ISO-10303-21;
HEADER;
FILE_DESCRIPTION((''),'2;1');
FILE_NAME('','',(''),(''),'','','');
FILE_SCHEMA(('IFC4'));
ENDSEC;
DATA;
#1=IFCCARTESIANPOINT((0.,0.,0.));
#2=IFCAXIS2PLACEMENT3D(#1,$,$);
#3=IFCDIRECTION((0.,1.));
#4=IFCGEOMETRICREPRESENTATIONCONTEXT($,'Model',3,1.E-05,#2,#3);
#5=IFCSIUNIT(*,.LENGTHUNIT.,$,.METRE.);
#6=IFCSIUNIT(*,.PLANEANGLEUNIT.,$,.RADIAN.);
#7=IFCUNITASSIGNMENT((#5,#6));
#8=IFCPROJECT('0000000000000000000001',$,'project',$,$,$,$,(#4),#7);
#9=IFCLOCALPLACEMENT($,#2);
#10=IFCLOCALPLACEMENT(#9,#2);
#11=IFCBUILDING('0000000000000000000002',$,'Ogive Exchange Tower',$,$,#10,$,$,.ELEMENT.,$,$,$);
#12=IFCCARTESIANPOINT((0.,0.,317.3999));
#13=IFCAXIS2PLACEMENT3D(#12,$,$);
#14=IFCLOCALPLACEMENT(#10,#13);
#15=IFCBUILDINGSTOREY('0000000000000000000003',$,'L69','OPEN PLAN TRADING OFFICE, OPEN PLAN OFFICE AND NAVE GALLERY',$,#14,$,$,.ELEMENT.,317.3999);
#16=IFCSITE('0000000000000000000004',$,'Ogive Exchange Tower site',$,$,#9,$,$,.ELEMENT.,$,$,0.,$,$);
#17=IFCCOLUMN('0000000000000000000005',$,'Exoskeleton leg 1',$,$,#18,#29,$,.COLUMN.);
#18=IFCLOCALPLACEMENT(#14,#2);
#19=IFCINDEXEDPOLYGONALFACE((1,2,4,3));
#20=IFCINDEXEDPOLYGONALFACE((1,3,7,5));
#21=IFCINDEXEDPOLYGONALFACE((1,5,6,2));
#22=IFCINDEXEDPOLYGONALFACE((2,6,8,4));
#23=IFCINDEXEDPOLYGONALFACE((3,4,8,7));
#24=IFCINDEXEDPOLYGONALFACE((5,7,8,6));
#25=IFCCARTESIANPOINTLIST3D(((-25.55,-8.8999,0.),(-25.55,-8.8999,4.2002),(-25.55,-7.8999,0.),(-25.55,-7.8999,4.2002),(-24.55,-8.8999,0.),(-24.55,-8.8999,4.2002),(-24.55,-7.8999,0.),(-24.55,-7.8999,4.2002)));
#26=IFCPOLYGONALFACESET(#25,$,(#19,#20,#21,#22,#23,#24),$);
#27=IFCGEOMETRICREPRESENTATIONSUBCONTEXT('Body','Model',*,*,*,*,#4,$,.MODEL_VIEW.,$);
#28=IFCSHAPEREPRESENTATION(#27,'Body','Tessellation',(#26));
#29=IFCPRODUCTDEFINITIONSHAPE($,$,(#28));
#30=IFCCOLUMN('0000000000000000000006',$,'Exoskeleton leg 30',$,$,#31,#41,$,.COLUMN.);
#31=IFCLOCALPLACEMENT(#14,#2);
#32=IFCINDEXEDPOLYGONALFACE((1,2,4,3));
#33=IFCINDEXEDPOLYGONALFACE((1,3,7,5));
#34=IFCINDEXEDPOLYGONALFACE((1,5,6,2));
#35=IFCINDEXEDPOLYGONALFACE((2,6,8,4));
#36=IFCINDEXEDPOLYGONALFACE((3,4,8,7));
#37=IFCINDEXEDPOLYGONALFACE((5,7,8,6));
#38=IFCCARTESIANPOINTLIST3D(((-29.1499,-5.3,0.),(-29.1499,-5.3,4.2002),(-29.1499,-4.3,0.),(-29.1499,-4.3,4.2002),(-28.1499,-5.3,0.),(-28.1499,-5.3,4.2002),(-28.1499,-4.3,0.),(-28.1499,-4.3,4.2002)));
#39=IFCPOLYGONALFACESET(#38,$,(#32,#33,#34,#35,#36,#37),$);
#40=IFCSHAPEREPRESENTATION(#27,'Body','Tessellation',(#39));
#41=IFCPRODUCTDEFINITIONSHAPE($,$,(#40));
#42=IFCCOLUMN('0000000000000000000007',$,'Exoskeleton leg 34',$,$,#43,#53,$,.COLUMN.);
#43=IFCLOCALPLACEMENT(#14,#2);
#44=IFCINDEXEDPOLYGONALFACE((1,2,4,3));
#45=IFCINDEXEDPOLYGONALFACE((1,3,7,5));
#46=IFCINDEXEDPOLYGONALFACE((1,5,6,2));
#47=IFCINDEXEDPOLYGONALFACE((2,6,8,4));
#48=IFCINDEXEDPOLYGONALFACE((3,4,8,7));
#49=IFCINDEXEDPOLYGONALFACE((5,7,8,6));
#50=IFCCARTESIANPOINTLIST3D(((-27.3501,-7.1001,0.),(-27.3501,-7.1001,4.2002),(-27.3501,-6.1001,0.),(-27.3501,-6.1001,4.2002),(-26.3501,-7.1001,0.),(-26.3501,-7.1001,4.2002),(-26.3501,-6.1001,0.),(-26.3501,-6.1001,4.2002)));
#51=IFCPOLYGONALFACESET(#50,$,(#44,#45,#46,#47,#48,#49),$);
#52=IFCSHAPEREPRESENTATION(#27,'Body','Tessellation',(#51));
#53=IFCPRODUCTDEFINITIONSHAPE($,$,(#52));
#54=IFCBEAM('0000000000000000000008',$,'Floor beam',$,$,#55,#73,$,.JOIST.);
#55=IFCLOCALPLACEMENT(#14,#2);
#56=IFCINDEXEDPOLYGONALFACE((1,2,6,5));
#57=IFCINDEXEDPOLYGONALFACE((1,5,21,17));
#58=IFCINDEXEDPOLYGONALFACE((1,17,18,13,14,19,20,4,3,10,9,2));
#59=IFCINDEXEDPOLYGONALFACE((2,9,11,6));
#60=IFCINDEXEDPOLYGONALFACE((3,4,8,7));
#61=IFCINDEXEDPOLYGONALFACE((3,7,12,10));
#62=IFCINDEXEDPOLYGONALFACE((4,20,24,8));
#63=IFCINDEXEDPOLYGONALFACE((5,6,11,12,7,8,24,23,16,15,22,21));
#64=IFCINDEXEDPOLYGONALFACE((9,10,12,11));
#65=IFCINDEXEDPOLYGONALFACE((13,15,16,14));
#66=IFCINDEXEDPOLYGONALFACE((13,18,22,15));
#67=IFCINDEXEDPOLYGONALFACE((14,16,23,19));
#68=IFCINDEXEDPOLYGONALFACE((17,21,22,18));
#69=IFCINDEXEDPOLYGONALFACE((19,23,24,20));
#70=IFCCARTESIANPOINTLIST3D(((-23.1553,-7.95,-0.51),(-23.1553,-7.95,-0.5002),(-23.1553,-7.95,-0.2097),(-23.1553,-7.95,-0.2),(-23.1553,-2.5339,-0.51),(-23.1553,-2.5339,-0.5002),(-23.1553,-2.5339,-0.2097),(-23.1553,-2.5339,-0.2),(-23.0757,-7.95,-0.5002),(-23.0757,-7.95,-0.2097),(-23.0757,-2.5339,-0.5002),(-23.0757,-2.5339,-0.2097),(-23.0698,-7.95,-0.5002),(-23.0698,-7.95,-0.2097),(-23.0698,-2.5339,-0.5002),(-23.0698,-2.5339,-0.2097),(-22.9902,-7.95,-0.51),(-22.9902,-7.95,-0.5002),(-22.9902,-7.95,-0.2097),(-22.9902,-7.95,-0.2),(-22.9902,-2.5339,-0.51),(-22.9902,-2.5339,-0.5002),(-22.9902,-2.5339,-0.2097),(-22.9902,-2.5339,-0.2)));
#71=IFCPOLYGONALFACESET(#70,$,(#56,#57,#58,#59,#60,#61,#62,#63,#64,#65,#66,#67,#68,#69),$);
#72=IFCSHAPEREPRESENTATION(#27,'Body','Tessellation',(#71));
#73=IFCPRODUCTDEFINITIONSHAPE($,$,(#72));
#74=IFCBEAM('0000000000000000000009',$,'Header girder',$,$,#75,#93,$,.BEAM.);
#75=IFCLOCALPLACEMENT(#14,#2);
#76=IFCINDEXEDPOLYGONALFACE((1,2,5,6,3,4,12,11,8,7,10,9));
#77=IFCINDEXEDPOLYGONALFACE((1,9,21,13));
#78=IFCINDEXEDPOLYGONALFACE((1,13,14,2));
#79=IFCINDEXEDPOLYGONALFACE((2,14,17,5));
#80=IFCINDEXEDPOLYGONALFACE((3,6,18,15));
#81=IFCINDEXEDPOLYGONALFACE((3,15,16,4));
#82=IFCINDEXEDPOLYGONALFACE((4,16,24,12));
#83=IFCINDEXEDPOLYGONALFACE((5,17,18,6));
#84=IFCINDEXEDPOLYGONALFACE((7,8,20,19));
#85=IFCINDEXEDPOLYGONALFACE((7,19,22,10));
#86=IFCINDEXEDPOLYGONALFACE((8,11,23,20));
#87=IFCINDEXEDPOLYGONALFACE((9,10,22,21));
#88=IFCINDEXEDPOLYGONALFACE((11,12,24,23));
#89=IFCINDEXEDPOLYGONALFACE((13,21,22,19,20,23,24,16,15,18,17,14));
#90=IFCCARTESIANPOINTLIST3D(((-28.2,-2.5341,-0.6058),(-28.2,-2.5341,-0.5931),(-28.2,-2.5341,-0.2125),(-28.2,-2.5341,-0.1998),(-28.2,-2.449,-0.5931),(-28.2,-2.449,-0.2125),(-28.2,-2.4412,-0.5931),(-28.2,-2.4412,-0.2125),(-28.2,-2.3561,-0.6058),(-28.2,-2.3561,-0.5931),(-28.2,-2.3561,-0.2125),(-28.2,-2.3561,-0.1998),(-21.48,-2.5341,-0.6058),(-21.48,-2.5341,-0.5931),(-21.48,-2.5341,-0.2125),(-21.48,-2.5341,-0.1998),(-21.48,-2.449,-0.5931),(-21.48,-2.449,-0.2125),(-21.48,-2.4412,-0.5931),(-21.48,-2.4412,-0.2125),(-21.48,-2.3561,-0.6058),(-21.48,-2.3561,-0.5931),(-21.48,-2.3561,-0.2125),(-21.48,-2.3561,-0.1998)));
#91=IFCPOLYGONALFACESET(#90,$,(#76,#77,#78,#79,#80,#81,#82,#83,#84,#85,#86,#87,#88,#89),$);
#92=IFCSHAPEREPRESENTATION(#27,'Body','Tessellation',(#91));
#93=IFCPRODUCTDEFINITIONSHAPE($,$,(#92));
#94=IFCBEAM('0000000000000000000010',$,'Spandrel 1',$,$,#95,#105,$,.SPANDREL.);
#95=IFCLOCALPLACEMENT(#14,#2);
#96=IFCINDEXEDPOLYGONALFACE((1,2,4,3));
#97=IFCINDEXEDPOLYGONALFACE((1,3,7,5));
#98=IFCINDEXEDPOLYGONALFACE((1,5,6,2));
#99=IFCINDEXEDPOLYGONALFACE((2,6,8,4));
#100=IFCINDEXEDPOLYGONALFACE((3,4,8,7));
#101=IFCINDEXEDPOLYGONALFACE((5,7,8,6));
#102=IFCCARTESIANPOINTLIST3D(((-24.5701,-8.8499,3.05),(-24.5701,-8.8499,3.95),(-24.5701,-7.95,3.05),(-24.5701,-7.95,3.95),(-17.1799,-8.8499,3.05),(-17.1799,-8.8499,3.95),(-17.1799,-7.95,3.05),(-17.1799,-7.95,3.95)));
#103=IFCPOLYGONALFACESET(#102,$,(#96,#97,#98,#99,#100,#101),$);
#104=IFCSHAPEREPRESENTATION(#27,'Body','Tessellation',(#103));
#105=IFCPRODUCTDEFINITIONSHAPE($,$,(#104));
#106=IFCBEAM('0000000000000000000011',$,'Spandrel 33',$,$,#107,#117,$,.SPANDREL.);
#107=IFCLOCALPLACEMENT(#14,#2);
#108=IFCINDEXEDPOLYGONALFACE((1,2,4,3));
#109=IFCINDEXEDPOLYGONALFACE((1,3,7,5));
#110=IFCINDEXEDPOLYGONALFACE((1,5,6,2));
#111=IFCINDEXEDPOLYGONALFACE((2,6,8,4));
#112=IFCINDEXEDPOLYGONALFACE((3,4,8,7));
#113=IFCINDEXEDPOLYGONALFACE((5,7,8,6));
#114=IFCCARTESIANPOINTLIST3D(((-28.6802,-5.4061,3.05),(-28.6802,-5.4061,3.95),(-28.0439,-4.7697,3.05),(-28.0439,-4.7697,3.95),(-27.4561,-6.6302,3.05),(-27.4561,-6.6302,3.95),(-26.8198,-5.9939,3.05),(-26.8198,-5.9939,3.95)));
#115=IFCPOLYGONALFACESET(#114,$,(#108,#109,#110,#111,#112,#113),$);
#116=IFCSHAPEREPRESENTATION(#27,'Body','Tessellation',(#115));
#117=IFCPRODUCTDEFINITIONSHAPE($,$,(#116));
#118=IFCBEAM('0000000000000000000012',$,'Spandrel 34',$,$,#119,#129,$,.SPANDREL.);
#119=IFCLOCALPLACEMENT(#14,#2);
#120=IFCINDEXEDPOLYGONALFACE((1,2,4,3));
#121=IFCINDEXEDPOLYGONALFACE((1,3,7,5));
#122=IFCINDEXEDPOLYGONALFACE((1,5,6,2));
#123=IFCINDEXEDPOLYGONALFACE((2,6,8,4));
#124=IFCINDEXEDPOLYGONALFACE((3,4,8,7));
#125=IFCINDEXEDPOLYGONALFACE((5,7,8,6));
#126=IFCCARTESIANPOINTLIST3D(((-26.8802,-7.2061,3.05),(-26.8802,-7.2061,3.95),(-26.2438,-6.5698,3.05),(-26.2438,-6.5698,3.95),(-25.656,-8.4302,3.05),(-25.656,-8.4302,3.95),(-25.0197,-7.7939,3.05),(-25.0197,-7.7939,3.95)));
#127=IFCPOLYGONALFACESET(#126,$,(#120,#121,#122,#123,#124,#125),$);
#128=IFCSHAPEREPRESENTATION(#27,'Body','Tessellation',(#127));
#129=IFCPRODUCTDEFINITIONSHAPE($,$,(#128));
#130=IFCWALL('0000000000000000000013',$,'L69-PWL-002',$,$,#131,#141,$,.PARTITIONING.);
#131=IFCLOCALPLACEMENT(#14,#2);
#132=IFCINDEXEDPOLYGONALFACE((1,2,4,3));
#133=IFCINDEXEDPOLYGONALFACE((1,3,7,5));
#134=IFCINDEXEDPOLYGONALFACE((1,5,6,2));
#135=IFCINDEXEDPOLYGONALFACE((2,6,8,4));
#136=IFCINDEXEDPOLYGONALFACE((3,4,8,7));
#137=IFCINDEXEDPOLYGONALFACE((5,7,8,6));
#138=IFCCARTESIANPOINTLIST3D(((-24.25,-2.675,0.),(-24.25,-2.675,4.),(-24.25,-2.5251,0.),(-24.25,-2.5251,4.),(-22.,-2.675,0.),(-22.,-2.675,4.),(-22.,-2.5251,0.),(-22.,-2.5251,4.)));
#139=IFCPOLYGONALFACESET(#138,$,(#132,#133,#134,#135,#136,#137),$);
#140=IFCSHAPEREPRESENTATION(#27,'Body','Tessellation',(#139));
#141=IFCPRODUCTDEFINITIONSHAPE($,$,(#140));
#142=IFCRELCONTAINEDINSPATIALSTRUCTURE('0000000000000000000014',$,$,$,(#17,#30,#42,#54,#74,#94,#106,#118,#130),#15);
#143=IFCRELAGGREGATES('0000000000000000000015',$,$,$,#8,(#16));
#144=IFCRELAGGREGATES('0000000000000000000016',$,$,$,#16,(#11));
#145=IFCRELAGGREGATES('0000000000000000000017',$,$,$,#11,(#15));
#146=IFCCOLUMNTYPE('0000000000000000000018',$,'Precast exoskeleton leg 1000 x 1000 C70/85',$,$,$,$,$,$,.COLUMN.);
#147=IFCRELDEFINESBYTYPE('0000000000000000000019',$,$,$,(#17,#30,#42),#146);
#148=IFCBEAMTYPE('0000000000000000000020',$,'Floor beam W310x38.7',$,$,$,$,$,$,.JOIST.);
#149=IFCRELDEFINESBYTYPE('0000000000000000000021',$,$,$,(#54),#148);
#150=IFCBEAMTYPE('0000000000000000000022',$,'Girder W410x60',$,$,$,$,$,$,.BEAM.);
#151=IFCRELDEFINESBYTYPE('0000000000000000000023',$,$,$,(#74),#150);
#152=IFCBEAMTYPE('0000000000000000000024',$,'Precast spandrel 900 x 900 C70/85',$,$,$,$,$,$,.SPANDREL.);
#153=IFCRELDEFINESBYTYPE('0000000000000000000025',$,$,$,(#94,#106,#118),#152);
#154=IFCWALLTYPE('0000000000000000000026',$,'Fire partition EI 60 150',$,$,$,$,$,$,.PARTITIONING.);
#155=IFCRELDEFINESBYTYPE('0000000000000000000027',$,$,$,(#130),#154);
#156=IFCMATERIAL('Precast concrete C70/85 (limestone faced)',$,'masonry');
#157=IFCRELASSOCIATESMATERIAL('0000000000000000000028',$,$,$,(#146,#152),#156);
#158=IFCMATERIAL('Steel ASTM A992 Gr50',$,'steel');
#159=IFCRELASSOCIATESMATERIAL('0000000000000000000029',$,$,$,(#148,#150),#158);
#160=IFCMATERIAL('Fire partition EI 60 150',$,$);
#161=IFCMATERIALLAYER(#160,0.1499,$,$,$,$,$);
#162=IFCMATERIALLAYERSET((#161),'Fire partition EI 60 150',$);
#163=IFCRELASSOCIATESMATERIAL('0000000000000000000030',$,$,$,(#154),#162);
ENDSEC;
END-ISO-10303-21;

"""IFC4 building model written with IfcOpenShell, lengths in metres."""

from ifc_helpers import new_model, si_unit, direction, frame, frame_2d, origin, origin_2d, place, context, subcontext, project, spatial, rectangle, i_section, extrude, material, layer, layer_set, material_profile, profile_set, type_object, element, save


model = new_model("IFC4")

# Units and contexts
model_context = context("Model", 3, precision=1e-05, world=origin(), true_north=direction((0.0, 1.0)))
body_context = subcontext(model_context, "Body", "Model", "MODEL_VIEW")
ifc_project = project(units=[si_unit("LENGTHUNIT", "METRE"), si_unit("PLANEANGLEUNIT", "RADIAN")], contexts=[model_context])

# Site, building, storey
site_placement = place(None, origin())
site = spatial("IfcSite", under=ifc_project, at=site_placement, Name="Ogive Exchange Tower site", CompositionType="ELEMENT", RefElevation=0.0)
building_placement = place(site_placement, origin())
building = spatial("IfcBuilding", under=site, at=building_placement, Name="Ogive Exchange Tower", CompositionType="ELEMENT")
storey_placement = place(building_placement, frame((0.0, 0.0, 317.3999)))
storey = spatial("IfcBuildingStorey", under=building, at=storey_placement, Name="L69", Description="OPEN PLAN TRADING OFFICE, OPEN PLAN OFFICE AND NAVE GALLERY", CompositionType="ELEMENT", Elevation=317.3999)

# Columns
ifc_material_1 = material(Name="Precast concrete C70/85 (limestone faced)", Category="masonry")
ifc_material_profile_1 = material_profile(ifc_material_1, rectangle(XDim=1.0, YDim=1.0, at=origin_2d()), Name="1000 x 1000")
ifc_profile_set_1 = profile_set([ifc_material_profile_1], Name="Precast concrete C70/85 (limestone faced)")
column_type = type_object("IfcColumnType", Name="Precast exoskeleton leg 1000 x 1000 C70/85", PredefinedType="COLUMN", material=ifc_profile_set_1)
for number, where, z_axis, x_axis, name in (
    (1, (-25.05, -8.3999, 0.0), (0.0, 0.0, 1.0), (1.0, 0.0, 0.0), "Exoskeleton leg 1"),
    (2, (-28.6499, -4.8, 0.0), (0.0, 0.0, 1.0), (1.0, 0.0, 0.0), "Exoskeleton leg 30"),
    (3, (-26.8501, -6.6001, 0.0), (0.0, 0.0, 1.0), (1.0, 0.0, 0.0), "Exoskeleton leg 34"),
):
    element("IfcColumn", number, at=place(storey_placement, frame(where, z_axis=z_axis, x_axis=x_axis)), inside=storey, type_object=column_type, Name=name, PredefinedType="COLUMN", context=body_context, shape_type="SweptSolid", body=[
        extrude(rectangle(XDim=1.0, YDim=1.0, at=origin_2d()), origin(), (0.0, 0.0, 1.0), 4.2002),
    ])

# Beams
ifc_material_2 = material(Name="Steel ASTM A992 Gr50", Category="steel")
ifc_material_profile_2 = material_profile(ifc_material_2, i_section(OverallWidth=0.165, OverallDepth=0.3101, WebThickness=0.0059, FlangeThickness=0.0098, at=origin_2d()), Name="W310x38.7")
ifc_profile_set_2 = profile_set([ifc_material_profile_2], Name="Steel ASTM A992 Gr50")
beam_type_1 = type_object("IfcBeamType", Name="Floor beam W310x38.7", PredefinedType="JOIST", material=ifc_profile_set_2)
beam_1_placement = place(storey_placement, frame((-23.0728, -7.95, -0.355), z_axis=(0.0, 1.0, 0.0), x_axis=(-1.0, 0.0, 0.0)))
element("IfcBeam", 4, at=beam_1_placement, inside=storey, type_object=beam_type_1, Name="Floor beam", PredefinedType="JOIST", context=body_context, shape_type="SweptSolid", body=[
    extrude(i_section(OverallWidth=0.165, OverallDepth=0.3101, WebThickness=0.0059, FlangeThickness=0.0098, at=origin_2d()), origin(), (0.0, 0.0, 1.0), 5.416),
])
ifc_material_profile_3 = material_profile(ifc_material_2, i_section(OverallWidth=0.178, OverallDepth=0.406, WebThickness=0.0078, FlangeThickness=0.0127, at=origin_2d()), Name="W410x60")
ifc_profile_set_3 = profile_set([ifc_material_profile_3], Name="Steel ASTM A992 Gr50")
beam_type_2 = type_object("IfcBeamType", Name="Girder W410x60", PredefinedType="BEAM", material=ifc_profile_set_3)
beam_2_placement = place(storey_placement, frame((-28.2, -2.4451, -0.4028), z_axis=(1.0, 0.0, 0.0), x_axis=(0.0, 1.0, 0.0)))
element("IfcBeam", 5, at=beam_2_placement, inside=storey, type_object=beam_type_2, Name="Header girder", PredefinedType="BEAM", context=body_context, shape_type="SweptSolid", body=[
    extrude(i_section(OverallWidth=0.178, OverallDepth=0.406, WebThickness=0.0078, FlangeThickness=0.0127, at=origin_2d()), origin(), (0.0, 0.0, 1.0), 6.72),
])
ifc_material_profile_4 = material_profile(ifc_material_1, rectangle(XDim=0.8999, YDim=0.8999, at=origin_2d()), Name="900 x 900")
ifc_profile_set_4 = profile_set([ifc_material_profile_4], Name="Precast concrete C70/85 (limestone faced)")
beam_type_3 = type_object("IfcBeamType", Name="Precast spandrel 900 x 900 C70/85", PredefinedType="SPANDREL", material=ifc_profile_set_4)
beam_3_placement = place(storey_placement, frame((-24.5701, -8.3999, 3.5), z_axis=(1.0, 0.0, 0.0), x_axis=(0.0, 1.0, 0.0)))
element("IfcBeam", 6, at=beam_3_placement, inside=storey, type_object=beam_type_3, Name="Spandrel 1", PredefinedType="SPANDREL", context=body_context, shape_type="SweptSolid", body=[
    extrude(rectangle(XDim=0.8999, YDim=0.8999, at=origin_2d()), origin(), (0.0, 0.0, 1.0), 7.3901),
])
for number, where, z_axis, x_axis, name in (
    (7, (-28.3621, -5.0879, 3.5), (0.707107, -0.707107, 0.0), (0.707107, 0.707107, 0.0), "Spandrel 33"),
    (8, (-26.562, -6.8879, 3.5), (0.707107, -0.707107, 0.0), (0.707107, 0.707107, 0.0), "Spandrel 34"),
):
    element("IfcBeam", number, at=place(storey_placement, frame(where, z_axis=z_axis, x_axis=x_axis)), inside=storey, type_object=beam_type_3, Name=name, PredefinedType="SPANDREL", context=body_context, shape_type="SweptSolid", body=[
        extrude(rectangle(XDim=0.8999, YDim=0.8999, at=origin_2d()), origin(), (0.0, 0.0, 1.0), 1.7312),
    ])

# Wall
ifc_material_3 = material(Name="Fire partition EI 60 150")
ifc_layer_1 = layer(ifc_material_3, 0.1499)
ifc_layer_set_1 = layer_set([ifc_layer_1], Name="Fire partition EI 60 150")
wall_type_1 = type_object("IfcWallType", Name="Fire partition EI 60 150", PredefinedType="PARTITIONING", material=ifc_layer_set_1)
wall_1_placement = place(storey_placement, frame((-24.25, -2.6001, 0.0), z_axis=(0.0, 0.0, 1.0), x_axis=(1.0, 0.0, 0.0)))
element("IfcWall", 9, at=wall_1_placement, inside=storey, type_object=wall_type_1, Name="L69-PWL-002", PredefinedType="PARTITIONING", context=body_context, shape_type="SweptSolid", body=[
    extrude(rectangle(XDim=2.25, YDim=0.1499, at=frame_2d((1.125, 0.0))), origin(), (0.0, 0.0, 1.0), 4.0),
])

save(model, "model.ifc")
